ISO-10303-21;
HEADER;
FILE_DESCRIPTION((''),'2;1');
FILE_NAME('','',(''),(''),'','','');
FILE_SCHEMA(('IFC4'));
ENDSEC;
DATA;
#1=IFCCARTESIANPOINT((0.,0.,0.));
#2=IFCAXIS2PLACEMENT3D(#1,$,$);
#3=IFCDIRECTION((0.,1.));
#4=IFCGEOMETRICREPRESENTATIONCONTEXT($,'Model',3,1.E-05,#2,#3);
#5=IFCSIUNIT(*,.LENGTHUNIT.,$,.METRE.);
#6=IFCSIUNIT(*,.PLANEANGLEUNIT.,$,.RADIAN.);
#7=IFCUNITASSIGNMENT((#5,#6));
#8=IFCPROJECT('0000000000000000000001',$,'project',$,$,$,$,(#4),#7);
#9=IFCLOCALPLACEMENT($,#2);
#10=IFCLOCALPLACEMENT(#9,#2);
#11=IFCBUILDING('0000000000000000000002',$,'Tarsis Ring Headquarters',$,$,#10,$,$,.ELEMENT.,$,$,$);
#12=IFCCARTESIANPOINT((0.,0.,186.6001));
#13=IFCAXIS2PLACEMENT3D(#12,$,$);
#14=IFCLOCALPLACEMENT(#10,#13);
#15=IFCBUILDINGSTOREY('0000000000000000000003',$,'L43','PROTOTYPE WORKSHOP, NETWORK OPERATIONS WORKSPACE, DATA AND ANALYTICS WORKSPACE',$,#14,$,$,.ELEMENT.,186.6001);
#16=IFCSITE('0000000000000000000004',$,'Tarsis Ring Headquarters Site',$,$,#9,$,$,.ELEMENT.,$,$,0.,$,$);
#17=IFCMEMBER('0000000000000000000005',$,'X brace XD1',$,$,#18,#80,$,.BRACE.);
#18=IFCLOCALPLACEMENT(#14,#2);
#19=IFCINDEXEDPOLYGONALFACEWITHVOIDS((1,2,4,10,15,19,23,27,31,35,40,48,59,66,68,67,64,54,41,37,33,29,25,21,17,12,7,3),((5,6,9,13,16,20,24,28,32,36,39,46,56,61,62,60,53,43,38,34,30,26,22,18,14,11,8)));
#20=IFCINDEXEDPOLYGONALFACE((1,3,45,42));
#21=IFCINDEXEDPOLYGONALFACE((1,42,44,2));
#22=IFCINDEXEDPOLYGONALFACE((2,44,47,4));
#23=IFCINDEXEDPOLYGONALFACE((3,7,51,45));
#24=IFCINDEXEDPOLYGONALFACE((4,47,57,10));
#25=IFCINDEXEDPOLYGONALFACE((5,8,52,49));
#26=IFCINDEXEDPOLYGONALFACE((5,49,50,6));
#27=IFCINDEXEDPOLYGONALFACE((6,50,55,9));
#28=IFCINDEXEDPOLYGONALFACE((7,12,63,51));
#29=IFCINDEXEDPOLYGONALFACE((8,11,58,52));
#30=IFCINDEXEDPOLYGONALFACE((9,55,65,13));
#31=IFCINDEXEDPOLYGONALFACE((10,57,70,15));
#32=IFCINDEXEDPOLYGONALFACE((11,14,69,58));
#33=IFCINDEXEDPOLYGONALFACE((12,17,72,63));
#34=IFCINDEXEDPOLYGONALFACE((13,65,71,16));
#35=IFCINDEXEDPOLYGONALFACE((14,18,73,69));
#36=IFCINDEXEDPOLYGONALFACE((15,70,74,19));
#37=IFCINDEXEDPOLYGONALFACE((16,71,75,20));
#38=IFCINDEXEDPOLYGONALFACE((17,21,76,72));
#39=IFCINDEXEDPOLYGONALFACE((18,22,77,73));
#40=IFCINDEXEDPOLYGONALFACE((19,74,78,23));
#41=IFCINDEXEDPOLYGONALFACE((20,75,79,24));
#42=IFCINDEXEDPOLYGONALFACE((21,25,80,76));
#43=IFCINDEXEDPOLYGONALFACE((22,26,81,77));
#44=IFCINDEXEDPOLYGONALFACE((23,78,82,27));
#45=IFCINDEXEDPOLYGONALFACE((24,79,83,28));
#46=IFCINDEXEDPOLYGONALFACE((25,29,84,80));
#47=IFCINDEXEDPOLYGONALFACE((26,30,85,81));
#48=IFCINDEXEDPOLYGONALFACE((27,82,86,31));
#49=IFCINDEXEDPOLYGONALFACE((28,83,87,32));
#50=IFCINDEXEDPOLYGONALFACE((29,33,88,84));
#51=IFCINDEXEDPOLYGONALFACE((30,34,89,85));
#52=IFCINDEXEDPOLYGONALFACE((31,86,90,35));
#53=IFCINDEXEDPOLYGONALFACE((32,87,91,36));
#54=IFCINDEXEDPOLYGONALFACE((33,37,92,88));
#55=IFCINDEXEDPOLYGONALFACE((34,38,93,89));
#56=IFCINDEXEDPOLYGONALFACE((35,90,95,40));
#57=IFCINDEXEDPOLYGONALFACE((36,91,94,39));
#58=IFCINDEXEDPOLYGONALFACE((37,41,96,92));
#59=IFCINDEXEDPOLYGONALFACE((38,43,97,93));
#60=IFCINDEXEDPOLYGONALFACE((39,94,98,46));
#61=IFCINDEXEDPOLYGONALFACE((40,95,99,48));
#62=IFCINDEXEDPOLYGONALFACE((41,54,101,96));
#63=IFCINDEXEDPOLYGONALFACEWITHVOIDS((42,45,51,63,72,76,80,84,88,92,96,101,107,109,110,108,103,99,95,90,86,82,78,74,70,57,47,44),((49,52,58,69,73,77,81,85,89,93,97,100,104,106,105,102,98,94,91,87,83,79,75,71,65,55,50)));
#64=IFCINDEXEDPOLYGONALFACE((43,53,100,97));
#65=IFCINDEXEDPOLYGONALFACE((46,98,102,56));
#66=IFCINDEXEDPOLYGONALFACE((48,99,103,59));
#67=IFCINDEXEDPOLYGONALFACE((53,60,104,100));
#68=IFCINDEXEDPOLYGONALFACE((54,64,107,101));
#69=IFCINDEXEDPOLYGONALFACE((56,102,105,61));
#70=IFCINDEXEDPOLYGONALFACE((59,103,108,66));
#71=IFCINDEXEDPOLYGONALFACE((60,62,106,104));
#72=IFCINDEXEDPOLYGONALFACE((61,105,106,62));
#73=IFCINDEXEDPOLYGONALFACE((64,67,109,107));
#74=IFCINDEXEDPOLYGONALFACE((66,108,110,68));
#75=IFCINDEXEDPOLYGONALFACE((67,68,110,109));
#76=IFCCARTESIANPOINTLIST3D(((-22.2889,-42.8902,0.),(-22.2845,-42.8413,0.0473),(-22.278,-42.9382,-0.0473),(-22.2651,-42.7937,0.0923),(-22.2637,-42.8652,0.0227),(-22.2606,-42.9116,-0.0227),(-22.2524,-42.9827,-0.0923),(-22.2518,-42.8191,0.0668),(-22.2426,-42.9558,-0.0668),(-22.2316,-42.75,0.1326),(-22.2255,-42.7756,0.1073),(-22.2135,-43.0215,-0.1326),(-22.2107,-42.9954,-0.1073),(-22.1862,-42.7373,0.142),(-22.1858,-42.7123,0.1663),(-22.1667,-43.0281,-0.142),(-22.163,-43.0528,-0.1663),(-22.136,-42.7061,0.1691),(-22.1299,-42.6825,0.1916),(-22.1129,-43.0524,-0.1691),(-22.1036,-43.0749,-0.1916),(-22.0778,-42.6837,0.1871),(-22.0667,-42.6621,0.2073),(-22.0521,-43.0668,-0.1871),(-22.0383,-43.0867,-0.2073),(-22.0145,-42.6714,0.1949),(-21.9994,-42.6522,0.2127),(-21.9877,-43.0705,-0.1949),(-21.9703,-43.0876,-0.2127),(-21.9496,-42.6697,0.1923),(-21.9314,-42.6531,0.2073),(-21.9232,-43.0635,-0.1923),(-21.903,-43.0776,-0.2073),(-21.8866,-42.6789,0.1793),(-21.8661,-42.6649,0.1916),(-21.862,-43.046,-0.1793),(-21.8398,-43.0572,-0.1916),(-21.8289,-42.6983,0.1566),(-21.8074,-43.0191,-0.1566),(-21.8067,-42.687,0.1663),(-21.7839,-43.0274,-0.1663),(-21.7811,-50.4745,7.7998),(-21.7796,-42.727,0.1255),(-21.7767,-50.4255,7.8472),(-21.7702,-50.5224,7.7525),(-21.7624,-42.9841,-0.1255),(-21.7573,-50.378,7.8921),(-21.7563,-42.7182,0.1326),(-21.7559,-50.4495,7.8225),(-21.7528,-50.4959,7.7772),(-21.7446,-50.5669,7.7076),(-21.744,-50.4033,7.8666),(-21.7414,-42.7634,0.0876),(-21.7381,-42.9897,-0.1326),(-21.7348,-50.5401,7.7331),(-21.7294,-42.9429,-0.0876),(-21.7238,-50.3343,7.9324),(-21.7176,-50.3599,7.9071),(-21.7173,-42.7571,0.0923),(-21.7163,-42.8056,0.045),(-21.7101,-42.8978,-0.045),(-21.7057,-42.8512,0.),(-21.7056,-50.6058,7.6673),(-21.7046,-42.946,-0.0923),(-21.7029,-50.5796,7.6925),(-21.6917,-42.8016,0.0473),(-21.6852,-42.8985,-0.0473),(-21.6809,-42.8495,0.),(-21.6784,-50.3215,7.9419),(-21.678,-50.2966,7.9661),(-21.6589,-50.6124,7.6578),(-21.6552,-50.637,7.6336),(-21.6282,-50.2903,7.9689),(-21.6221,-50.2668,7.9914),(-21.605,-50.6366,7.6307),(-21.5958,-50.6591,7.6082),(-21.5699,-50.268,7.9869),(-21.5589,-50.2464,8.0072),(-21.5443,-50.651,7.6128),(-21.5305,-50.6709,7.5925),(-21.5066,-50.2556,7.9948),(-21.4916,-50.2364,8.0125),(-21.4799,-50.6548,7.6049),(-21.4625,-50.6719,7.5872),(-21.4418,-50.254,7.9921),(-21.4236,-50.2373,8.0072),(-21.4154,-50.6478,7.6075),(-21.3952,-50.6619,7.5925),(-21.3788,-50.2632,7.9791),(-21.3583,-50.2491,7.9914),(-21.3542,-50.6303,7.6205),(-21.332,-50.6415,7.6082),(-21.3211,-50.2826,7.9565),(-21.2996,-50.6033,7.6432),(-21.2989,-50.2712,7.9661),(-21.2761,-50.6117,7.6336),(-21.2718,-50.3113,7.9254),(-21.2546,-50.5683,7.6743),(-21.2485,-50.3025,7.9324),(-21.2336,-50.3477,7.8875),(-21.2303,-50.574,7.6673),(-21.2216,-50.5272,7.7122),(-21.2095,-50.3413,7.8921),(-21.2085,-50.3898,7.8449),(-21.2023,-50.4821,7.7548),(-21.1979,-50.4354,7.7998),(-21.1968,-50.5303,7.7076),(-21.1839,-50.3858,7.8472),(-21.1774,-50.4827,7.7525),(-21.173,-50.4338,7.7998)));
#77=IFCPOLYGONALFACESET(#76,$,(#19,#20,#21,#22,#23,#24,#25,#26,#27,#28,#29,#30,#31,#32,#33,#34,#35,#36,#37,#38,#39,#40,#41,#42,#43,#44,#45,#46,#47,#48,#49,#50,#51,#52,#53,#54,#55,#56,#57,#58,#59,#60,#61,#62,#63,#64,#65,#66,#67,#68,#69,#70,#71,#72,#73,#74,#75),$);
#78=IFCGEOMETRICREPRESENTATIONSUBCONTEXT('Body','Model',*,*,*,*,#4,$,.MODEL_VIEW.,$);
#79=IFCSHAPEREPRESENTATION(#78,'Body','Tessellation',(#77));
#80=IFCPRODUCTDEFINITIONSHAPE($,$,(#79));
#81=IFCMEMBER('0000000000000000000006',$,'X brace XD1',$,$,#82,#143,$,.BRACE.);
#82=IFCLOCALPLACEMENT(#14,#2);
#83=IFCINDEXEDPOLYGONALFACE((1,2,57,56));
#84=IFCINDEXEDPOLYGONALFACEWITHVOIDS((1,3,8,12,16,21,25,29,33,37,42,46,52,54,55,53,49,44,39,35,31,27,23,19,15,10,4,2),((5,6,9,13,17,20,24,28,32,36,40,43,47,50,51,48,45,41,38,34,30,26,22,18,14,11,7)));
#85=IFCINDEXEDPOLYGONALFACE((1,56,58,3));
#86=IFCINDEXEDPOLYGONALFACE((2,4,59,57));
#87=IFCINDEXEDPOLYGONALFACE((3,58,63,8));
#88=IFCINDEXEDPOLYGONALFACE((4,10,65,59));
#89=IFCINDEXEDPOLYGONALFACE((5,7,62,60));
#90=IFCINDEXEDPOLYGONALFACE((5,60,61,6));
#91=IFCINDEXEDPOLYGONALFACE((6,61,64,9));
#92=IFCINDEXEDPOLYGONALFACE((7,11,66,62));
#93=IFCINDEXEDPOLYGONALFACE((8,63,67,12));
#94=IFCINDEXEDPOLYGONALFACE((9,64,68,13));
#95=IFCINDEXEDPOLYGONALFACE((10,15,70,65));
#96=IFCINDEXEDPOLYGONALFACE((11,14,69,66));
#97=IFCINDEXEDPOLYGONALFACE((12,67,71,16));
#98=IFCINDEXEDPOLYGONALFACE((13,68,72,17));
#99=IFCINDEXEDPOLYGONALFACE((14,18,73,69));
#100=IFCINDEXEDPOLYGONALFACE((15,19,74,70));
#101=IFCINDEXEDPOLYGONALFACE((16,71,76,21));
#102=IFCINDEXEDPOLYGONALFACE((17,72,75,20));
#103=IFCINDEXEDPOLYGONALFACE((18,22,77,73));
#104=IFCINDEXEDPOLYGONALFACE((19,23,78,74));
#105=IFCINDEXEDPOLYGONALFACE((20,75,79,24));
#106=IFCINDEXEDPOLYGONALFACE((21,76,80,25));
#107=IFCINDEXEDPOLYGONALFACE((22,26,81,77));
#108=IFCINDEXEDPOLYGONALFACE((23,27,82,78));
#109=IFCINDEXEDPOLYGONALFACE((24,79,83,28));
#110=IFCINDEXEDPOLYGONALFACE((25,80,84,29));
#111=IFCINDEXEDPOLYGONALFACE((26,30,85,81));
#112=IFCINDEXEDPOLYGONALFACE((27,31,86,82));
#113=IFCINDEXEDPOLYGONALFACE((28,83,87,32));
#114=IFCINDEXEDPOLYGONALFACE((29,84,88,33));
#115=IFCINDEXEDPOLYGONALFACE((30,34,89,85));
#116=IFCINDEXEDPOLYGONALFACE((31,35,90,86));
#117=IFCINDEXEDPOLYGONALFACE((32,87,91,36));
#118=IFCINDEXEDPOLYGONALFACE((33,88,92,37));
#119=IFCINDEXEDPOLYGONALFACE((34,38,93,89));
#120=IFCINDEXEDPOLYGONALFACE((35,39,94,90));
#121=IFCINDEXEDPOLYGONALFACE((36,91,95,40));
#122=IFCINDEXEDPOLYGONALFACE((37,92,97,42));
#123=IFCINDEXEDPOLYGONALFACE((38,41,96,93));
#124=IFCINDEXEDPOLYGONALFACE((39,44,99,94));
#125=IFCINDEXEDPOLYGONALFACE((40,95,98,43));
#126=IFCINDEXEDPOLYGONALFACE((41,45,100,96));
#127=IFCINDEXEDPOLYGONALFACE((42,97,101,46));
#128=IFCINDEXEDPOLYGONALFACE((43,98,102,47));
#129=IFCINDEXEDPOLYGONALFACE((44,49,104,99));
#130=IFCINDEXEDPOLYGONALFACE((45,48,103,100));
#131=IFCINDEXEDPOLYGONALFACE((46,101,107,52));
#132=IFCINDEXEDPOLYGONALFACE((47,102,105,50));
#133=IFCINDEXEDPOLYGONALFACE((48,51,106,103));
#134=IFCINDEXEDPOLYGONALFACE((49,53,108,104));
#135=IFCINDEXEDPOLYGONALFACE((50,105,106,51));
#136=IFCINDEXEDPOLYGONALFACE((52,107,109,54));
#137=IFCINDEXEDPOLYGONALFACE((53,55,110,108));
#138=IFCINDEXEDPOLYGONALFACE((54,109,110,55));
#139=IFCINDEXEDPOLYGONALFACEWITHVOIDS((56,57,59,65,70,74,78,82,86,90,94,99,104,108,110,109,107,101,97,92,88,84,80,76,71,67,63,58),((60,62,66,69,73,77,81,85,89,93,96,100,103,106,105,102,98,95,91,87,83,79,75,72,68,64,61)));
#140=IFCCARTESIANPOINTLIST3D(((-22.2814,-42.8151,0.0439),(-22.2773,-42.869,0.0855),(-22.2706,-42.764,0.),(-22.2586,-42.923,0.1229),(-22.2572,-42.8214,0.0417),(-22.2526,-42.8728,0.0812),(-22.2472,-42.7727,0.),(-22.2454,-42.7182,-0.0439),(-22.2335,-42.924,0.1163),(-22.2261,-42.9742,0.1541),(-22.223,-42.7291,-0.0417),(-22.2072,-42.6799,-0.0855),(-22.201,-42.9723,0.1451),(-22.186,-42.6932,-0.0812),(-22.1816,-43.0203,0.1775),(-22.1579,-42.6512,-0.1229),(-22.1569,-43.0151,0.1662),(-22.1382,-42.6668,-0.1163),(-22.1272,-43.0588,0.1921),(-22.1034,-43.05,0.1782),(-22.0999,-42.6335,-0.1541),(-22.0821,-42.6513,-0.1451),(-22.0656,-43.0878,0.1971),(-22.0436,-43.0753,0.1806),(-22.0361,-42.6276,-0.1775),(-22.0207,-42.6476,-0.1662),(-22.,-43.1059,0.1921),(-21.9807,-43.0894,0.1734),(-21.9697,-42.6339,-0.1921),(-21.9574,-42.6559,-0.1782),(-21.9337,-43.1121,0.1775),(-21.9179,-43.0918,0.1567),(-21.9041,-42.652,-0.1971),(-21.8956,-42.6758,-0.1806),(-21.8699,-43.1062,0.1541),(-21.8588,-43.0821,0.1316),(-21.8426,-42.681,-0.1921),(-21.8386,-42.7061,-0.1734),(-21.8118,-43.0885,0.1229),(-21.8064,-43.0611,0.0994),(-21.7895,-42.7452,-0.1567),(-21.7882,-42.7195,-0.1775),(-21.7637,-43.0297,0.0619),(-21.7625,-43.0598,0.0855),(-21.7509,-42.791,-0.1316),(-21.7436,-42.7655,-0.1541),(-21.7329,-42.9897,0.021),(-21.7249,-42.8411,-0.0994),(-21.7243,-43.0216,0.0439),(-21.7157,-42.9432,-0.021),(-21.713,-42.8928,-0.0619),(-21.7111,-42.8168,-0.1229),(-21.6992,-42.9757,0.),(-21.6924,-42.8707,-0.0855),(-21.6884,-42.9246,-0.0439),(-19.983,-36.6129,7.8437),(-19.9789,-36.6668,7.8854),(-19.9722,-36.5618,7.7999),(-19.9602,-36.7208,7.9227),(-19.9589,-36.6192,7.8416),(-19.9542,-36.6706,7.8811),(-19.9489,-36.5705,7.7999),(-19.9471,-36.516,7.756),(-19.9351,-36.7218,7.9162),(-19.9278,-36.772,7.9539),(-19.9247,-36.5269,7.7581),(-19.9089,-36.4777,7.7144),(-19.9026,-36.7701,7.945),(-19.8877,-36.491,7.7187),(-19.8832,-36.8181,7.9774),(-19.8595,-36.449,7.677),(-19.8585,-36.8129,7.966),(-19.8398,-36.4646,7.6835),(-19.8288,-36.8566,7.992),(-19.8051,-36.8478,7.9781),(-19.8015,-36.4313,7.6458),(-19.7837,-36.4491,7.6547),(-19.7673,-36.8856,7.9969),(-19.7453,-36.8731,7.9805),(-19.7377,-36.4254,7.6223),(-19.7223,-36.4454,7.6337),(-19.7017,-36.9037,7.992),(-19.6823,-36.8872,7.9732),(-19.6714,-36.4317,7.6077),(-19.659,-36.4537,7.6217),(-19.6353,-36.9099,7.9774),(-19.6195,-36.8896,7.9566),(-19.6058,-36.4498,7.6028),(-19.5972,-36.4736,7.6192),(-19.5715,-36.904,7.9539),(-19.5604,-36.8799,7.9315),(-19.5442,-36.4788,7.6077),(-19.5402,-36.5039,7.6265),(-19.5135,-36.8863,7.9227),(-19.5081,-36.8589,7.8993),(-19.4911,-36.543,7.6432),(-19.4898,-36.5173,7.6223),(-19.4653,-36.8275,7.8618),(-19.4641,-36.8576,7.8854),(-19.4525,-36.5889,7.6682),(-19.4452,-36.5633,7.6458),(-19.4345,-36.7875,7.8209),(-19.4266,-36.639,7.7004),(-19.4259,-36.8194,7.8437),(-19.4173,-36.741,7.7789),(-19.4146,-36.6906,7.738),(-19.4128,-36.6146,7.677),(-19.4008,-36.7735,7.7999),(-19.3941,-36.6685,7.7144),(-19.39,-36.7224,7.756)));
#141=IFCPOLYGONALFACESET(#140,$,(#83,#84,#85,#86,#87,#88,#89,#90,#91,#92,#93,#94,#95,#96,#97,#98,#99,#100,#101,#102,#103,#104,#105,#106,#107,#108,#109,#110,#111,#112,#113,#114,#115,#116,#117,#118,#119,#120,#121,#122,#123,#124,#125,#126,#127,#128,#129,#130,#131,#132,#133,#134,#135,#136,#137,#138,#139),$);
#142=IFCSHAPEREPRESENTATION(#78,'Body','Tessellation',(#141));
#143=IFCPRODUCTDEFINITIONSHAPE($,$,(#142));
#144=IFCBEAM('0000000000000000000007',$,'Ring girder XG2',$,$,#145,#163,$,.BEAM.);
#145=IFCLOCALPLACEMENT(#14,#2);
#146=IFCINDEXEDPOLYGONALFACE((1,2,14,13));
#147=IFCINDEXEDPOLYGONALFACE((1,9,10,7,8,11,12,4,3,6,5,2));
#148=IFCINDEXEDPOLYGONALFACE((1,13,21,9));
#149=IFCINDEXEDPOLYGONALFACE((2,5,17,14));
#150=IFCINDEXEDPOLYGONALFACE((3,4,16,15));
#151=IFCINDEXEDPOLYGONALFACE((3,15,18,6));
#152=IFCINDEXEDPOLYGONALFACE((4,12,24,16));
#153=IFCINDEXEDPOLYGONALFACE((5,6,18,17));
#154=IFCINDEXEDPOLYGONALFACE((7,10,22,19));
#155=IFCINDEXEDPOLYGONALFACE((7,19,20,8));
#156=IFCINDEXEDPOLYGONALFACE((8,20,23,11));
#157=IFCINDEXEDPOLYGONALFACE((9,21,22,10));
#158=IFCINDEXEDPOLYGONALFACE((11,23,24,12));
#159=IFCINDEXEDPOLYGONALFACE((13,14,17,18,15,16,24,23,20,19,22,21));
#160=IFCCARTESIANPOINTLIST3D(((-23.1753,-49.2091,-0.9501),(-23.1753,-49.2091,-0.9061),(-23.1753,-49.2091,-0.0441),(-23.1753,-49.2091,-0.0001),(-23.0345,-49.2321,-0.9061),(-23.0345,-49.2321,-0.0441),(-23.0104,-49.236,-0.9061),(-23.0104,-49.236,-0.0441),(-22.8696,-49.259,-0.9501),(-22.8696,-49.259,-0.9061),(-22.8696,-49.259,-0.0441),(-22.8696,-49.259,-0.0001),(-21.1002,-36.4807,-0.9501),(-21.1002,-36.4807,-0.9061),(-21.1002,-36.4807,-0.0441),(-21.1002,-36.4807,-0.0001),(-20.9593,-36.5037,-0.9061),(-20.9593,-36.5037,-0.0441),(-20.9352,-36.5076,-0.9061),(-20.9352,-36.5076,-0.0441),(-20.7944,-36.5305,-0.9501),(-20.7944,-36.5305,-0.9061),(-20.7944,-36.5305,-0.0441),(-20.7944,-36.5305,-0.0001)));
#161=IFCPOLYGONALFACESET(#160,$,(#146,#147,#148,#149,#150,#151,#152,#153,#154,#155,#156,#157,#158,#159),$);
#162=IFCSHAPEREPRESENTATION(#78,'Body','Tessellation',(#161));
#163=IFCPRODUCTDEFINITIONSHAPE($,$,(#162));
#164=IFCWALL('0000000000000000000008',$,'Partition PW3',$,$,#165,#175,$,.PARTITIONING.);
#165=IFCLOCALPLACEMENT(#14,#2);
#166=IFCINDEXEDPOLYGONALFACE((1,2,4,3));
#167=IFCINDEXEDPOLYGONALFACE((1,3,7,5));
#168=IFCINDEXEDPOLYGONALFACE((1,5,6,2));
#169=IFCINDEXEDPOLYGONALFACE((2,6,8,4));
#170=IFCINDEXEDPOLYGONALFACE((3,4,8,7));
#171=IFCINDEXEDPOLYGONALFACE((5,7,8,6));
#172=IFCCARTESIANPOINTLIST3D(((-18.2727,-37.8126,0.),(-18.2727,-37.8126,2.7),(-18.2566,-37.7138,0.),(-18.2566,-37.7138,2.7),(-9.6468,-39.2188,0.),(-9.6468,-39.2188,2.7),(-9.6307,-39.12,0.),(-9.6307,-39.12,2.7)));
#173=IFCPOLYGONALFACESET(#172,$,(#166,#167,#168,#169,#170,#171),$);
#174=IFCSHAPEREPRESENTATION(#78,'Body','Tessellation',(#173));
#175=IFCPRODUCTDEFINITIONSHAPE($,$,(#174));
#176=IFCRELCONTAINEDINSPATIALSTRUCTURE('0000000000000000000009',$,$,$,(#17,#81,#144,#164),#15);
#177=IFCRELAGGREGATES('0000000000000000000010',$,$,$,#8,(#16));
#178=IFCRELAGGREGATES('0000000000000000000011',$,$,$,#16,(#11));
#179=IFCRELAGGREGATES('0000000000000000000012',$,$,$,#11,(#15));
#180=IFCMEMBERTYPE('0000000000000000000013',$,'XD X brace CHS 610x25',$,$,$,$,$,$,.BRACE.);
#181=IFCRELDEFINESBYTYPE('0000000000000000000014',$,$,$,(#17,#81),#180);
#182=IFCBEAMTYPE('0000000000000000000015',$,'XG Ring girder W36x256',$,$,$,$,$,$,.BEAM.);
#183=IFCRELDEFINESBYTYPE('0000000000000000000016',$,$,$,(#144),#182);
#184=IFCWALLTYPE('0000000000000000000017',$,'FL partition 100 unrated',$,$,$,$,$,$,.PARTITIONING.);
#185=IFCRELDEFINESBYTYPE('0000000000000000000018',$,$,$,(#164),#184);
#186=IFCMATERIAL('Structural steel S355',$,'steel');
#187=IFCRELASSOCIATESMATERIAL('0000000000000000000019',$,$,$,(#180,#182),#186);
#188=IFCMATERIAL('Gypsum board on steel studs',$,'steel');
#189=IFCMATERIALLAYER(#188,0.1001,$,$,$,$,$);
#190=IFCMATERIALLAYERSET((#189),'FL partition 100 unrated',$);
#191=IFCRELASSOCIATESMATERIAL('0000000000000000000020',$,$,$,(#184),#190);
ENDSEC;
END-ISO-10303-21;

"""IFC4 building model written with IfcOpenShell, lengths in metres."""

from ifc_helpers import new_model, si_unit, direction, frame, frame_2d, origin, origin_2d, place, context, subcontext, project, spatial, rectangle, hollow_circle, i_section, extrude, material, layer, layer_set, material_profile, profile_set, type_object, element, save


model = new_model("IFC4")

# Units and contexts
model_context = context("Model", 3, precision=1e-05, world=origin(), true_north=direction((0.0, 1.0)))
body_context = subcontext(model_context, "Body", "Model", "MODEL_VIEW")
ifc_project = project(units=[si_unit("LENGTHUNIT", "METRE"), si_unit("PLANEANGLEUNIT", "RADIAN")], contexts=[model_context])

# Site, building, storey
site_placement = place(None, origin())
site = spatial("IfcSite", under=ifc_project, at=site_placement, Name="Tarsis Ring Headquarters Site", CompositionType="ELEMENT", RefElevation=0.0)
building_placement = place(site_placement, origin())
building = spatial("IfcBuilding", under=site, at=building_placement, Name="Tarsis Ring Headquarters", CompositionType="ELEMENT")
storey_placement = place(building_placement, frame((0.0, 0.0, 186.6001)))
storey = spatial("IfcBuildingStorey", under=building, at=storey_placement, Name="L43", Description="PROTOTYPE WORKSHOP, NETWORK OPERATIONS WORKSPACE, DATA AND ANALYTICS WORKSPACE", CompositionType="ELEMENT", Elevation=186.6001)

# Shared definitions
ifc_material_1 = material(Name="Structural steel S355", Category="steel")

# Shared definitions
ifc_material_profile_1 = material_profile(ifc_material_1, i_section(OverallWidth=0.3098, OverallDepth=0.95, WebThickness=0.0244, FlangeThickness=0.0439, at=origin_2d()), Name="W36x256")
ifc_profile_set_1 = profile_set([ifc_material_profile_1], Name="Structural steel S355")

# Members
ifc_material_profile_2 = material_profile(ifc_material_1, hollow_circle(Radius=0.3047, WallThickness=0.0249, at=origin_2d()), Name="CHS 610x25")
ifc_profile_set_2 = profile_set([ifc_material_profile_2], Name="Structural steel S355")
member_type = type_object("IfcMemberType", Name="XD X brace CHS 610x25", PredefinedType="BRACE", material=ifc_profile_set_2)
member_1_placement = place(storey_placement, frame((-21.9849, -42.8699, 0.0), z_axis=(0.046627, -0.696371, 0.716165), x_axis=(0.997766, 0.066807, 0.0)))
element("IfcMember", 1, at=member_1_placement, inside=storey, type_object=member_type, Name="X brace XD1", PredefinedType="BRACE", context=body_context, shape_type="SweptSolid", body=[
    extrude(hollow_circle(Radius=0.3047, WallThickness=0.0249, at=origin_2d()), origin(), (0.0, 0.0, 1.0), 10.8911),
])
member_2_placement = place(storey_placement, frame((-21.9849, -42.8699, 0.0), z_axis=(0.224739, 0.606465, 0.762688), x_axis=(-0.937687, 0.34748, 0.0)))
element("IfcMember", 2, at=member_2_placement, inside=storey, type_object=member_type, Name="X brace XD1", PredefinedType="BRACE", context=body_context, shape_type="SweptSolid", body=[
    extrude(hollow_circle(Radius=0.3047, WallThickness=0.0249, at=origin_2d()), origin(), (0.0, 0.0, 1.0), 10.2268),
])

# Beam
beam_type_1 = type_object("IfcBeamType", Name="XG Ring girder W36x256", PredefinedType="BEAM", material=ifc_profile_set_1)
beam_1_placement = place(storey_placement, frame((-20.9473, -36.5056, -0.4751), z_axis=(-0.160911, -0.986969, 0.0), x_axis=(0.986969, -0.160911, 0.0)))
element("IfcBeam", 3, at=beam_1_placement, inside=storey, type_object=beam_type_1, Name="Ring girder XG2", PredefinedType="BEAM", context=body_context, shape_type="SweptSolid", body=[
    extrude(i_section(OverallWidth=0.3098, OverallDepth=0.95, WebThickness=0.0244, FlangeThickness=0.0439, at=origin_2d()), origin(), (0.0, 0.0, 1.0), 12.8965),
])

# Wall
ifc_material_2 = material(Name="Gypsum board on steel studs", Category="steel")
ifc_layer_1 = layer(ifc_material_2, 0.1001)
ifc_layer_set_1 = layer_set([ifc_layer_1], Name="FL partition 100 unrated")
wall_type_1 = type_object("IfcWallType", Name="FL partition 100 unrated", PredefinedType="PARTITIONING", material=ifc_layer_set_1)
wall_1_placement = place(storey_placement, frame((-18.2646, -37.7632, 0.0), z_axis=(0.0, 0.0, 1.0), x_axis=(0.986971, -0.160901, 0.0)))
element("IfcWall", 4, at=wall_1_placement, inside=storey, type_object=wall_type_1, Name="Partition PW3", PredefinedType="PARTITIONING", context=body_context, shape_type="SweptSolid", body=[
    extrude(rectangle(XDim=8.7397, YDim=0.1001, at=frame_2d((4.3699, 0.0))), origin(), (0.0, 0.0, 1.0), 2.7),
])

save(model, "model.ifc")
